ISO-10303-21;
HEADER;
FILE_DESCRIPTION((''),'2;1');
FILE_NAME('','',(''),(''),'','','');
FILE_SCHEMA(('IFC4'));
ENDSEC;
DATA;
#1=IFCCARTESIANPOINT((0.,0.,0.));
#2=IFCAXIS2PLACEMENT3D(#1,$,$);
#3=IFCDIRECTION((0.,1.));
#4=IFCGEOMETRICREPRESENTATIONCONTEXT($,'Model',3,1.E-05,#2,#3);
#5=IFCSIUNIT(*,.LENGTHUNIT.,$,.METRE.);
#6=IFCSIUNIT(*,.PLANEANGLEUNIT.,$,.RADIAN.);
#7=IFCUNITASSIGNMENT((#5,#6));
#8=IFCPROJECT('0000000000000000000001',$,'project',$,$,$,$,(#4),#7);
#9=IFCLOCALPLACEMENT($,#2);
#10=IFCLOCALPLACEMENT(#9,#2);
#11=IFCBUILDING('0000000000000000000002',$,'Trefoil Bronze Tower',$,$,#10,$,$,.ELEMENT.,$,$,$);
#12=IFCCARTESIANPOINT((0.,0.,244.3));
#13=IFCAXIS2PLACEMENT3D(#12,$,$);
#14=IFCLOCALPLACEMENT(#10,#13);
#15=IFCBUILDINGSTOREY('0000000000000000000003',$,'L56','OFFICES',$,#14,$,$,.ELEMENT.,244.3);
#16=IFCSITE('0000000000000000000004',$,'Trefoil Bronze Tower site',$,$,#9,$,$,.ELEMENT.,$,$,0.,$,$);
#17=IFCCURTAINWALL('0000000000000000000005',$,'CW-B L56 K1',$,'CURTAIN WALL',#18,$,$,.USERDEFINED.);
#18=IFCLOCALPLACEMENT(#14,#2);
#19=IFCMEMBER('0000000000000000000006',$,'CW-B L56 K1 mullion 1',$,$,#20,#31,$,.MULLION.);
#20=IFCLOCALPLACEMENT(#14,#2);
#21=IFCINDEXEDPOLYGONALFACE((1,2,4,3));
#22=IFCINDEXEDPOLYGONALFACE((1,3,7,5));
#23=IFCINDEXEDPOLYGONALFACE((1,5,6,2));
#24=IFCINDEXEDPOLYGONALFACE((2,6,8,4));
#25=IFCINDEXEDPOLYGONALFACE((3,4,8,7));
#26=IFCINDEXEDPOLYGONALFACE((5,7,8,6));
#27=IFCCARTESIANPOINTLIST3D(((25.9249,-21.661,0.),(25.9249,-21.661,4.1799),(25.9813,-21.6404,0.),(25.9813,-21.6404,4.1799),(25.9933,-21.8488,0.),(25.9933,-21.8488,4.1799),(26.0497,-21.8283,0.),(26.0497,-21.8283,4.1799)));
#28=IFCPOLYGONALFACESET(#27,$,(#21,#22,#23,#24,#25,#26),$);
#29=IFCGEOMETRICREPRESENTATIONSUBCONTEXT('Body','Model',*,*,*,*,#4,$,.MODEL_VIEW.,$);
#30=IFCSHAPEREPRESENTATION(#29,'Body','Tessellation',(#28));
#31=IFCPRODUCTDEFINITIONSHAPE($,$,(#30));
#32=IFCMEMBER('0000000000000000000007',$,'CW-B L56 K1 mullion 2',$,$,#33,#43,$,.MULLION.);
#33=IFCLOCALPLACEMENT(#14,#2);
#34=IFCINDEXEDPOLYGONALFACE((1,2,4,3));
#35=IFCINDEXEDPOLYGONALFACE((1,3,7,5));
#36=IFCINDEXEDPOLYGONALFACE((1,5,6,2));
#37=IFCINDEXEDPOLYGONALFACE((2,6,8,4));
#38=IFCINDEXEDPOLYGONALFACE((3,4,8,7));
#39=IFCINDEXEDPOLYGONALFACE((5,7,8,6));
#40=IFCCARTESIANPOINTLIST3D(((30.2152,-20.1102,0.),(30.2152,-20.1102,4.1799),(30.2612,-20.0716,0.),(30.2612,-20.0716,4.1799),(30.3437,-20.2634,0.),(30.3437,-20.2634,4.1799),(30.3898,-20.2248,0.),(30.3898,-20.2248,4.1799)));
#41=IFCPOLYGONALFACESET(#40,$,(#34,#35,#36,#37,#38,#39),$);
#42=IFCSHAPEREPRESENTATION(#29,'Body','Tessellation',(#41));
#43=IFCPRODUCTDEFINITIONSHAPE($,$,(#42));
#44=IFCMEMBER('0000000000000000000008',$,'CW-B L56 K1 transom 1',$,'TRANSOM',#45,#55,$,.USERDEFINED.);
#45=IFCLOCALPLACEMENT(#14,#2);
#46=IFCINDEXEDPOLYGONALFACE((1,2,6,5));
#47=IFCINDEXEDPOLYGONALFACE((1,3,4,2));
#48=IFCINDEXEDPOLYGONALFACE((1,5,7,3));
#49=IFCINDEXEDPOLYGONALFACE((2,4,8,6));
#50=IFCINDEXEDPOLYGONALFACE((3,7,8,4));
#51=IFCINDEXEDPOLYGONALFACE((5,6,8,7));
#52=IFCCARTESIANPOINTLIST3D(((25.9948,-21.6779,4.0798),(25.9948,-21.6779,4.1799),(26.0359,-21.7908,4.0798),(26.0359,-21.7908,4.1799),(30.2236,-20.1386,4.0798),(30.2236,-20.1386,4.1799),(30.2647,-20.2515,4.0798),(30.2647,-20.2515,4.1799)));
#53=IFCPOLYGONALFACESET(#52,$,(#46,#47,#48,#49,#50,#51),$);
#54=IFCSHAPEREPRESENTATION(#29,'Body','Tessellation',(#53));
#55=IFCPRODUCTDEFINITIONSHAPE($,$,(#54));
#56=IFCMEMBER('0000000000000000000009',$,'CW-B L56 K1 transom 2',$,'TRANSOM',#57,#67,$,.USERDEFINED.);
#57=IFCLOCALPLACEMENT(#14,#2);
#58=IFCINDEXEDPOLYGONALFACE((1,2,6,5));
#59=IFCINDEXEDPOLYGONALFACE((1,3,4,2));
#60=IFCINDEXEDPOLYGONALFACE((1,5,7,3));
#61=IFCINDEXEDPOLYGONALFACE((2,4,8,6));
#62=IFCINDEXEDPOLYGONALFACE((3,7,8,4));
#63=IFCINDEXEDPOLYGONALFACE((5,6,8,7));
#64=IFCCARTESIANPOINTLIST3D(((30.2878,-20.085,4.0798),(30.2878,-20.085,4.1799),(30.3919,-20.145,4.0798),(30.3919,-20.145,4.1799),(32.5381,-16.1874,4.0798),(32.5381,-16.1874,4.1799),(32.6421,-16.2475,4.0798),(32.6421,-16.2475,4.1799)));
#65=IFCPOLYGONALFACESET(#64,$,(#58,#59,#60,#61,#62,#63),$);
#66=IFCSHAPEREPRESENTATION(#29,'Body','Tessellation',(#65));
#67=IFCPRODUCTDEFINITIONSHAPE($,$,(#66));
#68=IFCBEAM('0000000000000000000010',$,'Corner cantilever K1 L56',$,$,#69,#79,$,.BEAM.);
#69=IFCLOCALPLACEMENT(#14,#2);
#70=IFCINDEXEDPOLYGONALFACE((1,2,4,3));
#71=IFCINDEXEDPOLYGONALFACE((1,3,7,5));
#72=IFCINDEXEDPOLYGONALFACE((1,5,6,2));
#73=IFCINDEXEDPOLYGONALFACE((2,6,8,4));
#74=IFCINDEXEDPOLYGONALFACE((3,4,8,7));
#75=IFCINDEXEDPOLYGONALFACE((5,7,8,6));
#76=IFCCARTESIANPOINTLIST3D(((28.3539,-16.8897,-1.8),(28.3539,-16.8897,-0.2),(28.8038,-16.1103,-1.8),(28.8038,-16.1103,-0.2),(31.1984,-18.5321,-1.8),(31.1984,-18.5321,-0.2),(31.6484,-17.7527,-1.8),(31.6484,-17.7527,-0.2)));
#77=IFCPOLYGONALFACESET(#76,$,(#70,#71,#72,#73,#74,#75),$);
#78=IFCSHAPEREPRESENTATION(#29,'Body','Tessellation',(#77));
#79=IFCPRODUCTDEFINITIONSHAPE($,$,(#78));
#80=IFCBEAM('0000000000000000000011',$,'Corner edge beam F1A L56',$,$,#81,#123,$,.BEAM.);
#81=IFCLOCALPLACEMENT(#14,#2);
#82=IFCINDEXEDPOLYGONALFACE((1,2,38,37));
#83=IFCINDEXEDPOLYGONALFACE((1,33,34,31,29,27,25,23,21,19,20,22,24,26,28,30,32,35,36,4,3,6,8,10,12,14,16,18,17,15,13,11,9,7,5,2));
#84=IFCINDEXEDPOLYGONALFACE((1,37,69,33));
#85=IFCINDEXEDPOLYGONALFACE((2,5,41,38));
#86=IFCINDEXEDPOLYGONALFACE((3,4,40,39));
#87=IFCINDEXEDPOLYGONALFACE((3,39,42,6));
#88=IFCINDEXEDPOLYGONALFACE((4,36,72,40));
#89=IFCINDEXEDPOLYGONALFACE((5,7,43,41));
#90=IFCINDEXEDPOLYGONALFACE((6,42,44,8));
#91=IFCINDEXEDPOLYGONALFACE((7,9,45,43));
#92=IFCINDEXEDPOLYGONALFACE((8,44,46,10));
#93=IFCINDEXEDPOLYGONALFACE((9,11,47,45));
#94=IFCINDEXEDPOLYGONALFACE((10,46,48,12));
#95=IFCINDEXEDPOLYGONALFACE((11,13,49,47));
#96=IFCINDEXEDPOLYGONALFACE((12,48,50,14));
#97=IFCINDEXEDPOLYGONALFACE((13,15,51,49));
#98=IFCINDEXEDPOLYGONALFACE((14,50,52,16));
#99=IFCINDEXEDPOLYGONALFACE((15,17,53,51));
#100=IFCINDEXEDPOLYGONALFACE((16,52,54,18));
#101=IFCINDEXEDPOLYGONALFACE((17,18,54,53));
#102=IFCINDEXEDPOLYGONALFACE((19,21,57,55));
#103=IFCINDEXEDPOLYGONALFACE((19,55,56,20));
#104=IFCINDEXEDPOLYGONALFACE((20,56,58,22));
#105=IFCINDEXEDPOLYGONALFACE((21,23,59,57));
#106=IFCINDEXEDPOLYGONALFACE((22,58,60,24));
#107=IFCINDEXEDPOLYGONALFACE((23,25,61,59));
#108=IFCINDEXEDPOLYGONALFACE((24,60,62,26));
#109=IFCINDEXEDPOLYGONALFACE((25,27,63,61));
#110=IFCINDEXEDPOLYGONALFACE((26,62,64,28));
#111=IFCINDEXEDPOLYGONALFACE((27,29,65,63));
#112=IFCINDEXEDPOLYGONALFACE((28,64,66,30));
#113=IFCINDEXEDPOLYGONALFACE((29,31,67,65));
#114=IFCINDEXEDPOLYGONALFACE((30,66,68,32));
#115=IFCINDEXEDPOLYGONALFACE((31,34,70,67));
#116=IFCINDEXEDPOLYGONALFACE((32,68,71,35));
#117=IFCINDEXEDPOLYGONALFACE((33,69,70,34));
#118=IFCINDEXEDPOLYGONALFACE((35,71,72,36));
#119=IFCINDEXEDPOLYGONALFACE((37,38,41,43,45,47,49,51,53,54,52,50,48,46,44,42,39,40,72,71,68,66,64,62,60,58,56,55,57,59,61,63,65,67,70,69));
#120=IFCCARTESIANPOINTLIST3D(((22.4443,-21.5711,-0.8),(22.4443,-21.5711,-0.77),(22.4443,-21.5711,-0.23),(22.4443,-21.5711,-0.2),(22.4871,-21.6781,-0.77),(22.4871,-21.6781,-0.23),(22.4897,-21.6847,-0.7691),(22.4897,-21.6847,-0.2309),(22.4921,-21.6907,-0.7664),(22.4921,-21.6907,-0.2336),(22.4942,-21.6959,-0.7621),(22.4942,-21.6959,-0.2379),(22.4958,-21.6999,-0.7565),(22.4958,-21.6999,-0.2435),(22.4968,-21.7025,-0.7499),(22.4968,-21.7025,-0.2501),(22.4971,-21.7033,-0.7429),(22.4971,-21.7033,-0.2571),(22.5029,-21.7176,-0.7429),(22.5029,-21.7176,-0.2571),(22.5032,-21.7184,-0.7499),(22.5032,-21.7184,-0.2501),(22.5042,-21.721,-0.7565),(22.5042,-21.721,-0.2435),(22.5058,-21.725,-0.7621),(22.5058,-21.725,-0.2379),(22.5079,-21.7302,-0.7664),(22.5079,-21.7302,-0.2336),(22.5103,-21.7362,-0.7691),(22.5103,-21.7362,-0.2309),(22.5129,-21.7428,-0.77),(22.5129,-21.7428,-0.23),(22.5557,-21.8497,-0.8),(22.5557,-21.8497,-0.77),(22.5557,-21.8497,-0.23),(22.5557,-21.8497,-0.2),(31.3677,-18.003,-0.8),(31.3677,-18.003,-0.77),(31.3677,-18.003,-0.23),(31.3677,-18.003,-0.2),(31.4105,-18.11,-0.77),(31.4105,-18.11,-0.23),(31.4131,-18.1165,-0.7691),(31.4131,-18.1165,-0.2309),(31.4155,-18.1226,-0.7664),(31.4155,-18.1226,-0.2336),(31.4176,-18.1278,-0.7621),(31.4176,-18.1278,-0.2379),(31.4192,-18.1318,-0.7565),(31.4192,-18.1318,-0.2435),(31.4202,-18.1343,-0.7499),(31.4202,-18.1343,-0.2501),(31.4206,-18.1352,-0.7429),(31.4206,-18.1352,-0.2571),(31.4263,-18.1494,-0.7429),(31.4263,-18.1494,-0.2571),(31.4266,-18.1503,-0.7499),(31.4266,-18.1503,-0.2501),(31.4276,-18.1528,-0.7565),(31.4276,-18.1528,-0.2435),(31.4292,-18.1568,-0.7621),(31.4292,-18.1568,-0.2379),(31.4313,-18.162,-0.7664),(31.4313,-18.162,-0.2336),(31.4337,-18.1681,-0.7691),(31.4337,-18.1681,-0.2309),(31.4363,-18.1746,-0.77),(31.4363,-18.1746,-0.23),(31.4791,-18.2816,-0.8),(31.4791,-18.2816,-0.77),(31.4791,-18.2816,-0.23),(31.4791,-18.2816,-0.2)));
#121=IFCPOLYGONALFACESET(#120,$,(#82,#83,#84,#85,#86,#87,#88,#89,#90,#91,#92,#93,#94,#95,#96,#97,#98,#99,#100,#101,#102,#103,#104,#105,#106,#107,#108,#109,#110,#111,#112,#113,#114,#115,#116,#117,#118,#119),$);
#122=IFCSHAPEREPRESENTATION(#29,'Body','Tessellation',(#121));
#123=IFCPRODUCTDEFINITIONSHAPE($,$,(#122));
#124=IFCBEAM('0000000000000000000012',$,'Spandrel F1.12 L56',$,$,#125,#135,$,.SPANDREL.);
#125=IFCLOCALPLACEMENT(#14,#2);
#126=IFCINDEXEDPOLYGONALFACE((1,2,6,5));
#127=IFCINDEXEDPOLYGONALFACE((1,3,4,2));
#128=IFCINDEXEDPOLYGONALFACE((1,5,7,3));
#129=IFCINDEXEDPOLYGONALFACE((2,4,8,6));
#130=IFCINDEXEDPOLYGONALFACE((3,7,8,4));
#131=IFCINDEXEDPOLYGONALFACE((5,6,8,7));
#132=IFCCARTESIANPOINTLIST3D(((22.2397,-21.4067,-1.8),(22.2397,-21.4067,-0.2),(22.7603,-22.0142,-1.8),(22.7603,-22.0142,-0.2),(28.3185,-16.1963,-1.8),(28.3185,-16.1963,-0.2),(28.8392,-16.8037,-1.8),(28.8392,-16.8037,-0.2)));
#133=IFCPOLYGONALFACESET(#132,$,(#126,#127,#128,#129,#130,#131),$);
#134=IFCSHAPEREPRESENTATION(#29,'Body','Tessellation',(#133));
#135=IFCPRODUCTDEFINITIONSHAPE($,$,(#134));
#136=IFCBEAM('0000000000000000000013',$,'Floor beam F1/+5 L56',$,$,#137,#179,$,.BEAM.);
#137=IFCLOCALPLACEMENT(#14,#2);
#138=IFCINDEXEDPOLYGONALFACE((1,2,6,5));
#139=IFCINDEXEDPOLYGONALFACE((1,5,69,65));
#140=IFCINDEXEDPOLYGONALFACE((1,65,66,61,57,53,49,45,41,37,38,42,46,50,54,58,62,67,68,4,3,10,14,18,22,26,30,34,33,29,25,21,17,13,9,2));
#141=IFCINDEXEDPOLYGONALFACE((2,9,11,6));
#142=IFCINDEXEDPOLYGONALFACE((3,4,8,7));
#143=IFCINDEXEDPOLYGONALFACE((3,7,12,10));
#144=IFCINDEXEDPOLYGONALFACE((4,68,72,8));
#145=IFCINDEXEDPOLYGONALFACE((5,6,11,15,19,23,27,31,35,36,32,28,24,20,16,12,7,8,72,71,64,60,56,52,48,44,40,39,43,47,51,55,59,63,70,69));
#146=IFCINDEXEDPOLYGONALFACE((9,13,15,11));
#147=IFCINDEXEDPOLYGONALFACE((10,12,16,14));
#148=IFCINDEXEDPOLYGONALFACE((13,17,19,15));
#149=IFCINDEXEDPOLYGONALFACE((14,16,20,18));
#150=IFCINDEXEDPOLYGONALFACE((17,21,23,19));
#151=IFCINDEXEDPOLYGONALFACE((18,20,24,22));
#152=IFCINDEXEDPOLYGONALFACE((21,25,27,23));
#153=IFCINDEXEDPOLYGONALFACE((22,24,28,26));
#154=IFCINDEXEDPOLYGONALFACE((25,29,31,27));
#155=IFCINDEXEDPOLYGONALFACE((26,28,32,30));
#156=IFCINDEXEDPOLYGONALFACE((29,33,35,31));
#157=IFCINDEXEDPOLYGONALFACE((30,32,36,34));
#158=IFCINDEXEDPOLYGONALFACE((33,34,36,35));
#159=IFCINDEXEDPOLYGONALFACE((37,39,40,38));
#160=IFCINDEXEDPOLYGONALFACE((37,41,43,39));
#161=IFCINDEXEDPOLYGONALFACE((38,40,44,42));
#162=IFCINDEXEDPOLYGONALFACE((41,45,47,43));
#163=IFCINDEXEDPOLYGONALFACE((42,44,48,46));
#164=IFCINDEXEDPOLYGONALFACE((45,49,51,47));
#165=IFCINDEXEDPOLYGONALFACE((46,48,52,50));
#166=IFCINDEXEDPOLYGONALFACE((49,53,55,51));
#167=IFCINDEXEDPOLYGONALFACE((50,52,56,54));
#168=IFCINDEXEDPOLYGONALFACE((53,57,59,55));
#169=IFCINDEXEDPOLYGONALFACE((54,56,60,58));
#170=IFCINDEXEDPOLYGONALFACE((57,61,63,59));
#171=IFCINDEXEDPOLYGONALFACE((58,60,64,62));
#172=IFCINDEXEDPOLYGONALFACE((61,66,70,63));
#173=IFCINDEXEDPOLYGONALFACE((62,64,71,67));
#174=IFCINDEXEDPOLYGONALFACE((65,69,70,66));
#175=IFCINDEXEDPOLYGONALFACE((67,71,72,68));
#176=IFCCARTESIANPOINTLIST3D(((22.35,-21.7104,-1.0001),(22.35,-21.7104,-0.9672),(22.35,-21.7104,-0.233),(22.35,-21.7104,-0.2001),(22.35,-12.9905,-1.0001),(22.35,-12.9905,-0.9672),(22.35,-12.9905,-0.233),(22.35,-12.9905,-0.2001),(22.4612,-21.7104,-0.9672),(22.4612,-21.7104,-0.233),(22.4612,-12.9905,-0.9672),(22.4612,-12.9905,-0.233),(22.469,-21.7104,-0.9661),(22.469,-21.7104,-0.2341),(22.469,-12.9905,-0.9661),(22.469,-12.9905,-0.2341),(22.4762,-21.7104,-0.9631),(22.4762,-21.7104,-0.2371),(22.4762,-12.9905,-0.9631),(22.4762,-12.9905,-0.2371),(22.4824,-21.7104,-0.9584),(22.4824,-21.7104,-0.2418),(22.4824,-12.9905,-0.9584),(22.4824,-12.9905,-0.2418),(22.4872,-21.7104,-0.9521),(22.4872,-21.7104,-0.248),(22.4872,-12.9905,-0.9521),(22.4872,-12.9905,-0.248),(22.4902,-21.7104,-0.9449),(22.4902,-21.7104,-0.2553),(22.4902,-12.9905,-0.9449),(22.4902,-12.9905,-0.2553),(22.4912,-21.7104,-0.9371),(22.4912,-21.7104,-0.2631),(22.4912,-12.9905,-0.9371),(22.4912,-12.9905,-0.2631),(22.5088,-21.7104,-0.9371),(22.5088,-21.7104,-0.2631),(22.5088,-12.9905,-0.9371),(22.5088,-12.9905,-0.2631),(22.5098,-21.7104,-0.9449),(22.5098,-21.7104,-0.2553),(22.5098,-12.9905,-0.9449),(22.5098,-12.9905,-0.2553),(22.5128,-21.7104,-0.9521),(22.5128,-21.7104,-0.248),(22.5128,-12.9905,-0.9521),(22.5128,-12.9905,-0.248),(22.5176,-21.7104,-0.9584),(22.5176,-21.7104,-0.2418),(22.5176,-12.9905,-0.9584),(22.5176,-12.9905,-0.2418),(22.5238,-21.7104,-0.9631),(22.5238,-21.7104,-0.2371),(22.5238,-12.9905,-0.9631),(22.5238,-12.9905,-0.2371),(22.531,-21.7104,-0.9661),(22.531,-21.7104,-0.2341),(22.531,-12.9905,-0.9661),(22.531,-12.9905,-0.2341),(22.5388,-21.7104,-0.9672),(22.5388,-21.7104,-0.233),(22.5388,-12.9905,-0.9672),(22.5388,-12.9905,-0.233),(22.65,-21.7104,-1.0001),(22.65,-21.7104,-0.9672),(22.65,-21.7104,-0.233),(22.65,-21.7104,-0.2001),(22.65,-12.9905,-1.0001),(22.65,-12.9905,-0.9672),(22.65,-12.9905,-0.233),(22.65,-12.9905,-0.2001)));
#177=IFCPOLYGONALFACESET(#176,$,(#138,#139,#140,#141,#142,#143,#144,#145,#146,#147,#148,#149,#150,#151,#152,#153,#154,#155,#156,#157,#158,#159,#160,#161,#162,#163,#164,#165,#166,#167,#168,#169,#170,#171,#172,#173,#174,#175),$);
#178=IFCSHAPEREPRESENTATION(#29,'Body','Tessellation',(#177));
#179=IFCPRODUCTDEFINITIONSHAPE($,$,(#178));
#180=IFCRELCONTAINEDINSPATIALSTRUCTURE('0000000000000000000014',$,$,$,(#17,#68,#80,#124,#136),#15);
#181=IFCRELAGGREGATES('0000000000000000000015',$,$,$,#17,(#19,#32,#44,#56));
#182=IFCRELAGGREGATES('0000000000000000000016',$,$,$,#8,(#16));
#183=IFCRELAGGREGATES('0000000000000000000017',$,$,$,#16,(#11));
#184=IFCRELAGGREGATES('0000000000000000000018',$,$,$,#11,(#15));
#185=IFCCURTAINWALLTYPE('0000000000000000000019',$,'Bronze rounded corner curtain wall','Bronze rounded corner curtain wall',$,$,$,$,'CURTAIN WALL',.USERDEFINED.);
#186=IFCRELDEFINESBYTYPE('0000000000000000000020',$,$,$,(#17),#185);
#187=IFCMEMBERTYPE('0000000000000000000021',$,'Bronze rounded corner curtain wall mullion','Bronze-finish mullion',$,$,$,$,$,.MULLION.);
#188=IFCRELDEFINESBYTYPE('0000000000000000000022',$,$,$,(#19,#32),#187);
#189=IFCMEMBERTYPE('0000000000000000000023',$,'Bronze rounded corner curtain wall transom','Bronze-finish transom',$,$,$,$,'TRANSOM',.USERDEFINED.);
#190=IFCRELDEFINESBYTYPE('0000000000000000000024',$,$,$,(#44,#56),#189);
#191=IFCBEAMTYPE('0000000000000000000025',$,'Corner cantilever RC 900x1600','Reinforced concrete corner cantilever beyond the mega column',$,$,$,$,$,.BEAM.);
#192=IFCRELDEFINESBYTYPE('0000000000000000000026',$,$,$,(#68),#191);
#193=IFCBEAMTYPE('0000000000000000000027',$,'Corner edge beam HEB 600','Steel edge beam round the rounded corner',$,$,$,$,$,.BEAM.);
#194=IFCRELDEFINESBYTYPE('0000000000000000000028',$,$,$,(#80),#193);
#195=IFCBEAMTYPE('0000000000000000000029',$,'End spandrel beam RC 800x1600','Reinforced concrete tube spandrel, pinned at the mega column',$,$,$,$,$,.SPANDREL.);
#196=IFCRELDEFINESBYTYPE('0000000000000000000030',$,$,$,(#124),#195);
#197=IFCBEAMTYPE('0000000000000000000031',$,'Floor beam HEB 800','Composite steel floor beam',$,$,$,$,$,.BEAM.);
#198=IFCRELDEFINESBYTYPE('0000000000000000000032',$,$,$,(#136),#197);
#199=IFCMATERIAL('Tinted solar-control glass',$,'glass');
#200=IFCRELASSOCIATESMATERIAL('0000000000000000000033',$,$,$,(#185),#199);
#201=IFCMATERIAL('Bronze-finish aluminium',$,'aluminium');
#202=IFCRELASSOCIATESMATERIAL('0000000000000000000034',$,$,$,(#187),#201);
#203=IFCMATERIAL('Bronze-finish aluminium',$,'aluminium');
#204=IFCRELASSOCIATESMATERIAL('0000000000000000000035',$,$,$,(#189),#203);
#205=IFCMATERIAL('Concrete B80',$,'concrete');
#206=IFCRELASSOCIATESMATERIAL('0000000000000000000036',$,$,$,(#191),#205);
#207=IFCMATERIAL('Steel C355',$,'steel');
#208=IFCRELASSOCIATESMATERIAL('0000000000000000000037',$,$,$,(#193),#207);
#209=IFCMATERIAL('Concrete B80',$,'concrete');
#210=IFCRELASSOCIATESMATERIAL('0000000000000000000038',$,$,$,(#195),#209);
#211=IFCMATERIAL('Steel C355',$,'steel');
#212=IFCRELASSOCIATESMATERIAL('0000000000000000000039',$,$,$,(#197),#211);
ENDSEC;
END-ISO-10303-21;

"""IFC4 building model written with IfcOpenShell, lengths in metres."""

from ifc_helpers import new_model, si_unit, direction, frame, origin, origin_2d, place, context, subcontext, project, spatial, rectangle, i_section, extrude, material, material_profile, profile_set, type_object, element, aggregate, save


model = new_model("IFC4")

# Units and contexts
model_context = context("Model", 3, precision=1e-05, world=origin(), true_north=direction((0.0, 1.0)))
body_context = subcontext(model_context, "Body", "Model", "MODEL_VIEW")
ifc_project = project(units=[si_unit("LENGTHUNIT", "METRE"), si_unit("PLANEANGLEUNIT", "RADIAN")], contexts=[model_context])

# Site, building, storey
site_placement = place(None, origin())
site = spatial("IfcSite", under=ifc_project, at=site_placement, Name="Trefoil Bronze Tower site", CompositionType="ELEMENT", RefElevation=0.0)
building_placement = place(site_placement, origin())
building = spatial("IfcBuilding", under=site, at=building_placement, Name="Trefoil Bronze Tower", CompositionType="ELEMENT")
storey_placement = place(building_placement, frame((0.0, 0.0, 244.3)))
storey = spatial("IfcBuildingStorey", under=building, at=storey_placement, Name="L56", Description="OFFICES", CompositionType="ELEMENT", Elevation=244.3)

# Curtain wall, members
ifc_material_1 = material(Name="Tinted solar-control glass", Category="glass")
curtain_wall_type_1 = type_object("IfcCurtainWallType", Name="Bronze rounded corner curtain wall", Description="Bronze rounded corner curtain wall", ElementType="CURTAIN WALL", PredefinedType="USERDEFINED", material=ifc_material_1)
curtain_wall_1_placement = place(storey_placement, origin())
curtain_wall_1 = element("IfcCurtainWall", 1, at=curtain_wall_1_placement, inside=storey, type_object=curtain_wall_type_1, Name="CW-B L56 K1", ObjectType="CURTAIN WALL", PredefinedType="USERDEFINED")
ifc_material_2 = material(Name="Bronze-finish aluminium", Category="aluminium")
ifc_material_profile_1 = material_profile(ifc_material_2, rectangle(XDim=0.2, YDim=0.0601, at=origin_2d()), Name="CW-B mullion")
ifc_profile_set_1 = profile_set([ifc_material_profile_1], Name="Bronze-finish aluminium")
member_type_1 = type_object("IfcMemberType", Name="Bronze rounded corner curtain wall mullion", Description="Bronze-finish mullion", PredefinedType="MULLION", material=ifc_profile_set_1)
member_1_placement = place(storey_placement, frame((25.9873, -21.7446, 0.0), z_axis=(0.0, 0.0, 1.0), x_axis=(-0.34202, 0.939693, 0.0)))
member_1 = element("IfcMember", 2, at=member_1_placement, type_object=member_type_1, Name="CW-B L56 K1 mullion 1", PredefinedType="MULLION", context=body_context, shape_type="SweptSolid", body=[
    extrude(rectangle(XDim=0.2, YDim=0.0601, at=origin_2d()), origin(), (0.0, 0.0, 1.0), 4.1799),
])
member_2_placement = place(storey_placement, frame((30.3025, -20.1675, 0.0), z_axis=(0.0, 0.0, 1.0), x_axis=(-0.642788, 0.766044, 0.0)))
member_2 = element("IfcMember", 3, at=member_2_placement, type_object=member_type_1, Name="CW-B L56 K1 mullion 2", PredefinedType="MULLION", context=body_context, shape_type="SweptSolid", body=[
    extrude(rectangle(XDim=0.2, YDim=0.0601, at=origin_2d()), origin(), (0.0, 0.0, 1.0), 4.1799),
])
ifc_material_3 = material(Name="Bronze-finish aluminium", Category="aluminium")
ifc_material_profile_2 = material_profile(ifc_material_3, rectangle(XDim=0.1201, YDim=0.1001, at=origin_2d()), Name="CW-B transom")
ifc_profile_set_2 = profile_set([ifc_material_profile_2], Name="Bronze-finish aluminium")
member_type_2 = type_object("IfcMemberType", Name="Bronze rounded corner curtain wall transom", Description="Bronze-finish transom", ElementType="TRANSOM", PredefinedType="USERDEFINED", material=ifc_profile_set_2)
member_3_placement = place(storey_placement, frame((26.0154, -21.7344, 4.1299), z_axis=(0.939681, 0.342052, 0.0), x_axis=(-0.342052, 0.939681, 0.0)))
member_3 = element("IfcMember", 4, at=member_3_placement, type_object=member_type_2, Name="CW-B L56 K1 transom 1", ObjectType="TRANSOM", PredefinedType="USERDEFINED", context=body_context, shape_type="SweptSolid", body=[
    extrude(rectangle(XDim=0.1201, YDim=0.1001, at=origin_2d()), origin(), (0.0, 0.0, 1.0), 4.5002),
])
member_4_placement = place(storey_placement, frame((30.3398, -20.115, 4.1299), z_axis=(0.500007, 0.866021, 0.0), x_axis=(-0.866021, 0.500007, 0.0)))
member_4 = element("IfcMember", 5, at=member_4_placement, type_object=member_type_2, Name="CW-B L56 K1 transom 2", ObjectType="TRANSOM", PredefinedType="USERDEFINED", context=body_context, shape_type="SweptSolid", body=[
    extrude(rectangle(XDim=0.1201, YDim=0.1001, at=origin_2d()), origin(), (0.0, 0.0, 1.0), 4.5005),
])

# Beams
ifc_material_4 = material(Name="Concrete B80", Category="concrete")
ifc_material_profile_3 = material_profile(ifc_material_4, rectangle(XDim=0.8999, YDim=1.6001, at=origin_2d()), Name="RC 900x1600")
ifc_profile_set_3 = profile_set([ifc_material_profile_3], Name="Concrete B80")
beam_type_1 = type_object("IfcBeamType", Name="Corner cantilever RC 900x1600", Description="Reinforced concrete corner cantilever beyond the mega column", PredefinedType="BEAM", material=ifc_profile_set_3)
beam_1_placement = place(storey_placement, frame((28.5789, -16.5, -1.0), z_axis=(0.866016, -0.500016, 0.0), x_axis=(0.500016, 0.866016, 0.0)))
element("IfcBeam", 6, at=beam_1_placement, inside=storey, type_object=beam_type_1, Name="Corner cantilever K1 L56", PredefinedType="BEAM", context=body_context, shape_type="SweptSolid", body=[
    extrude(rectangle(XDim=0.8999, YDim=1.6001, at=origin_2d()), origin(), (0.0, 0.0, 1.0), 3.2847),
])
ifc_material_5 = material(Name="Steel C355", Category="steel")
ifc_material_profile_4 = material_profile(ifc_material_5, i_section(OverallWidth=0.3, OverallDepth=0.6001, WebThickness=0.0154, FlangeThickness=0.03, FilletRadius=0.0271, at=origin_2d()), Name="HEB 600")
ifc_profile_set_4 = profile_set([ifc_material_profile_4], Name="Steel C355")
beam_type_2 = type_object("IfcBeamType", Name="Corner edge beam HEB 600", Description="Steel edge beam round the rounded corner", PredefinedType="BEAM", material=ifc_profile_set_4)
beam_2_placement = place(storey_placement, frame((22.5, -21.7104, -0.5), z_axis=(0.92852, 0.371281, 0.0), x_axis=(-0.371281, 0.92852, 0.0)))
element("IfcBeam", 7, at=beam_2_placement, inside=storey, type_object=beam_type_2, Name="Corner edge beam F1A L56", PredefinedType="BEAM", context=body_context, shape_type="SweptSolid", body=[
    extrude(i_section(OverallWidth=0.3, OverallDepth=0.6001, WebThickness=0.0154, FlangeThickness=0.03, FilletRadius=0.0271, at=origin_2d()), origin(), (0.0, 0.0, 1.0), 9.6104),
])
ifc_material_6 = material(Name="Concrete B80", Category="concrete")
ifc_material_profile_5 = material_profile(ifc_material_6, rectangle(XDim=0.8, YDim=1.6001, at=origin_2d()), Name="RC 800x1600")
ifc_profile_set_5 = profile_set([ifc_material_profile_5], Name="Concrete B80")
beam_type_3 = type_object("IfcBeamType", Name="End spandrel beam RC 800x1600", Description="Reinforced concrete tube spandrel, pinned at the mega column", PredefinedType="SPANDREL", material=ifc_profile_set_5)
beam_3_placement = place(storey_placement, frame((22.5, -21.7104, -1.0), z_axis=(0.759257, 0.650791, 0.0), x_axis=(-0.650791, 0.759257, 0.0)))
element("IfcBeam", 8, at=beam_3_placement, inside=storey, type_object=beam_type_3, Name="Spandrel F1.12 L56", PredefinedType="SPANDREL", context=body_context, shape_type="SweptSolid", body=[
    extrude(rectangle(XDim=0.8, YDim=1.6001, at=origin_2d()), origin(), (0.0, 0.0, 1.0), 8.0063),
])
ifc_material_7 = material(Name="Steel C355", Category="steel")
ifc_material_profile_6 = material_profile(ifc_material_7, i_section(OverallWidth=0.3, OverallDepth=0.8, WebThickness=0.0176, FlangeThickness=0.033, FilletRadius=0.03, at=origin_2d()), Name="HEB 800")
ifc_profile_set_6 = profile_set([ifc_material_profile_6], Name="Steel C355")
beam_type_4 = type_object("IfcBeamType", Name="Floor beam HEB 800", Description="Composite steel floor beam", PredefinedType="BEAM", material=ifc_profile_set_6)
beam_4_placement = place(storey_placement, frame((22.5, -21.7104, -0.6001), z_axis=(0.0, 1.0, 0.0), x_axis=(-1.0, 0.0, 0.0)))
element("IfcBeam", 9, at=beam_4_placement, inside=storey, type_object=beam_type_4, Name="Floor beam F1/+5 L56", PredefinedType="BEAM", context=body_context, shape_type="SweptSolid", body=[
    extrude(i_section(OverallWidth=0.3, OverallDepth=0.8, WebThickness=0.0176, FlangeThickness=0.033, FilletRadius=0.03, at=origin_2d()), origin(), (0.0, 0.0, 1.0), 8.72),
])

aggregate(curtain_wall_1, [member_1, member_2, member_3, member_4])

save(model, "model.ifc")
